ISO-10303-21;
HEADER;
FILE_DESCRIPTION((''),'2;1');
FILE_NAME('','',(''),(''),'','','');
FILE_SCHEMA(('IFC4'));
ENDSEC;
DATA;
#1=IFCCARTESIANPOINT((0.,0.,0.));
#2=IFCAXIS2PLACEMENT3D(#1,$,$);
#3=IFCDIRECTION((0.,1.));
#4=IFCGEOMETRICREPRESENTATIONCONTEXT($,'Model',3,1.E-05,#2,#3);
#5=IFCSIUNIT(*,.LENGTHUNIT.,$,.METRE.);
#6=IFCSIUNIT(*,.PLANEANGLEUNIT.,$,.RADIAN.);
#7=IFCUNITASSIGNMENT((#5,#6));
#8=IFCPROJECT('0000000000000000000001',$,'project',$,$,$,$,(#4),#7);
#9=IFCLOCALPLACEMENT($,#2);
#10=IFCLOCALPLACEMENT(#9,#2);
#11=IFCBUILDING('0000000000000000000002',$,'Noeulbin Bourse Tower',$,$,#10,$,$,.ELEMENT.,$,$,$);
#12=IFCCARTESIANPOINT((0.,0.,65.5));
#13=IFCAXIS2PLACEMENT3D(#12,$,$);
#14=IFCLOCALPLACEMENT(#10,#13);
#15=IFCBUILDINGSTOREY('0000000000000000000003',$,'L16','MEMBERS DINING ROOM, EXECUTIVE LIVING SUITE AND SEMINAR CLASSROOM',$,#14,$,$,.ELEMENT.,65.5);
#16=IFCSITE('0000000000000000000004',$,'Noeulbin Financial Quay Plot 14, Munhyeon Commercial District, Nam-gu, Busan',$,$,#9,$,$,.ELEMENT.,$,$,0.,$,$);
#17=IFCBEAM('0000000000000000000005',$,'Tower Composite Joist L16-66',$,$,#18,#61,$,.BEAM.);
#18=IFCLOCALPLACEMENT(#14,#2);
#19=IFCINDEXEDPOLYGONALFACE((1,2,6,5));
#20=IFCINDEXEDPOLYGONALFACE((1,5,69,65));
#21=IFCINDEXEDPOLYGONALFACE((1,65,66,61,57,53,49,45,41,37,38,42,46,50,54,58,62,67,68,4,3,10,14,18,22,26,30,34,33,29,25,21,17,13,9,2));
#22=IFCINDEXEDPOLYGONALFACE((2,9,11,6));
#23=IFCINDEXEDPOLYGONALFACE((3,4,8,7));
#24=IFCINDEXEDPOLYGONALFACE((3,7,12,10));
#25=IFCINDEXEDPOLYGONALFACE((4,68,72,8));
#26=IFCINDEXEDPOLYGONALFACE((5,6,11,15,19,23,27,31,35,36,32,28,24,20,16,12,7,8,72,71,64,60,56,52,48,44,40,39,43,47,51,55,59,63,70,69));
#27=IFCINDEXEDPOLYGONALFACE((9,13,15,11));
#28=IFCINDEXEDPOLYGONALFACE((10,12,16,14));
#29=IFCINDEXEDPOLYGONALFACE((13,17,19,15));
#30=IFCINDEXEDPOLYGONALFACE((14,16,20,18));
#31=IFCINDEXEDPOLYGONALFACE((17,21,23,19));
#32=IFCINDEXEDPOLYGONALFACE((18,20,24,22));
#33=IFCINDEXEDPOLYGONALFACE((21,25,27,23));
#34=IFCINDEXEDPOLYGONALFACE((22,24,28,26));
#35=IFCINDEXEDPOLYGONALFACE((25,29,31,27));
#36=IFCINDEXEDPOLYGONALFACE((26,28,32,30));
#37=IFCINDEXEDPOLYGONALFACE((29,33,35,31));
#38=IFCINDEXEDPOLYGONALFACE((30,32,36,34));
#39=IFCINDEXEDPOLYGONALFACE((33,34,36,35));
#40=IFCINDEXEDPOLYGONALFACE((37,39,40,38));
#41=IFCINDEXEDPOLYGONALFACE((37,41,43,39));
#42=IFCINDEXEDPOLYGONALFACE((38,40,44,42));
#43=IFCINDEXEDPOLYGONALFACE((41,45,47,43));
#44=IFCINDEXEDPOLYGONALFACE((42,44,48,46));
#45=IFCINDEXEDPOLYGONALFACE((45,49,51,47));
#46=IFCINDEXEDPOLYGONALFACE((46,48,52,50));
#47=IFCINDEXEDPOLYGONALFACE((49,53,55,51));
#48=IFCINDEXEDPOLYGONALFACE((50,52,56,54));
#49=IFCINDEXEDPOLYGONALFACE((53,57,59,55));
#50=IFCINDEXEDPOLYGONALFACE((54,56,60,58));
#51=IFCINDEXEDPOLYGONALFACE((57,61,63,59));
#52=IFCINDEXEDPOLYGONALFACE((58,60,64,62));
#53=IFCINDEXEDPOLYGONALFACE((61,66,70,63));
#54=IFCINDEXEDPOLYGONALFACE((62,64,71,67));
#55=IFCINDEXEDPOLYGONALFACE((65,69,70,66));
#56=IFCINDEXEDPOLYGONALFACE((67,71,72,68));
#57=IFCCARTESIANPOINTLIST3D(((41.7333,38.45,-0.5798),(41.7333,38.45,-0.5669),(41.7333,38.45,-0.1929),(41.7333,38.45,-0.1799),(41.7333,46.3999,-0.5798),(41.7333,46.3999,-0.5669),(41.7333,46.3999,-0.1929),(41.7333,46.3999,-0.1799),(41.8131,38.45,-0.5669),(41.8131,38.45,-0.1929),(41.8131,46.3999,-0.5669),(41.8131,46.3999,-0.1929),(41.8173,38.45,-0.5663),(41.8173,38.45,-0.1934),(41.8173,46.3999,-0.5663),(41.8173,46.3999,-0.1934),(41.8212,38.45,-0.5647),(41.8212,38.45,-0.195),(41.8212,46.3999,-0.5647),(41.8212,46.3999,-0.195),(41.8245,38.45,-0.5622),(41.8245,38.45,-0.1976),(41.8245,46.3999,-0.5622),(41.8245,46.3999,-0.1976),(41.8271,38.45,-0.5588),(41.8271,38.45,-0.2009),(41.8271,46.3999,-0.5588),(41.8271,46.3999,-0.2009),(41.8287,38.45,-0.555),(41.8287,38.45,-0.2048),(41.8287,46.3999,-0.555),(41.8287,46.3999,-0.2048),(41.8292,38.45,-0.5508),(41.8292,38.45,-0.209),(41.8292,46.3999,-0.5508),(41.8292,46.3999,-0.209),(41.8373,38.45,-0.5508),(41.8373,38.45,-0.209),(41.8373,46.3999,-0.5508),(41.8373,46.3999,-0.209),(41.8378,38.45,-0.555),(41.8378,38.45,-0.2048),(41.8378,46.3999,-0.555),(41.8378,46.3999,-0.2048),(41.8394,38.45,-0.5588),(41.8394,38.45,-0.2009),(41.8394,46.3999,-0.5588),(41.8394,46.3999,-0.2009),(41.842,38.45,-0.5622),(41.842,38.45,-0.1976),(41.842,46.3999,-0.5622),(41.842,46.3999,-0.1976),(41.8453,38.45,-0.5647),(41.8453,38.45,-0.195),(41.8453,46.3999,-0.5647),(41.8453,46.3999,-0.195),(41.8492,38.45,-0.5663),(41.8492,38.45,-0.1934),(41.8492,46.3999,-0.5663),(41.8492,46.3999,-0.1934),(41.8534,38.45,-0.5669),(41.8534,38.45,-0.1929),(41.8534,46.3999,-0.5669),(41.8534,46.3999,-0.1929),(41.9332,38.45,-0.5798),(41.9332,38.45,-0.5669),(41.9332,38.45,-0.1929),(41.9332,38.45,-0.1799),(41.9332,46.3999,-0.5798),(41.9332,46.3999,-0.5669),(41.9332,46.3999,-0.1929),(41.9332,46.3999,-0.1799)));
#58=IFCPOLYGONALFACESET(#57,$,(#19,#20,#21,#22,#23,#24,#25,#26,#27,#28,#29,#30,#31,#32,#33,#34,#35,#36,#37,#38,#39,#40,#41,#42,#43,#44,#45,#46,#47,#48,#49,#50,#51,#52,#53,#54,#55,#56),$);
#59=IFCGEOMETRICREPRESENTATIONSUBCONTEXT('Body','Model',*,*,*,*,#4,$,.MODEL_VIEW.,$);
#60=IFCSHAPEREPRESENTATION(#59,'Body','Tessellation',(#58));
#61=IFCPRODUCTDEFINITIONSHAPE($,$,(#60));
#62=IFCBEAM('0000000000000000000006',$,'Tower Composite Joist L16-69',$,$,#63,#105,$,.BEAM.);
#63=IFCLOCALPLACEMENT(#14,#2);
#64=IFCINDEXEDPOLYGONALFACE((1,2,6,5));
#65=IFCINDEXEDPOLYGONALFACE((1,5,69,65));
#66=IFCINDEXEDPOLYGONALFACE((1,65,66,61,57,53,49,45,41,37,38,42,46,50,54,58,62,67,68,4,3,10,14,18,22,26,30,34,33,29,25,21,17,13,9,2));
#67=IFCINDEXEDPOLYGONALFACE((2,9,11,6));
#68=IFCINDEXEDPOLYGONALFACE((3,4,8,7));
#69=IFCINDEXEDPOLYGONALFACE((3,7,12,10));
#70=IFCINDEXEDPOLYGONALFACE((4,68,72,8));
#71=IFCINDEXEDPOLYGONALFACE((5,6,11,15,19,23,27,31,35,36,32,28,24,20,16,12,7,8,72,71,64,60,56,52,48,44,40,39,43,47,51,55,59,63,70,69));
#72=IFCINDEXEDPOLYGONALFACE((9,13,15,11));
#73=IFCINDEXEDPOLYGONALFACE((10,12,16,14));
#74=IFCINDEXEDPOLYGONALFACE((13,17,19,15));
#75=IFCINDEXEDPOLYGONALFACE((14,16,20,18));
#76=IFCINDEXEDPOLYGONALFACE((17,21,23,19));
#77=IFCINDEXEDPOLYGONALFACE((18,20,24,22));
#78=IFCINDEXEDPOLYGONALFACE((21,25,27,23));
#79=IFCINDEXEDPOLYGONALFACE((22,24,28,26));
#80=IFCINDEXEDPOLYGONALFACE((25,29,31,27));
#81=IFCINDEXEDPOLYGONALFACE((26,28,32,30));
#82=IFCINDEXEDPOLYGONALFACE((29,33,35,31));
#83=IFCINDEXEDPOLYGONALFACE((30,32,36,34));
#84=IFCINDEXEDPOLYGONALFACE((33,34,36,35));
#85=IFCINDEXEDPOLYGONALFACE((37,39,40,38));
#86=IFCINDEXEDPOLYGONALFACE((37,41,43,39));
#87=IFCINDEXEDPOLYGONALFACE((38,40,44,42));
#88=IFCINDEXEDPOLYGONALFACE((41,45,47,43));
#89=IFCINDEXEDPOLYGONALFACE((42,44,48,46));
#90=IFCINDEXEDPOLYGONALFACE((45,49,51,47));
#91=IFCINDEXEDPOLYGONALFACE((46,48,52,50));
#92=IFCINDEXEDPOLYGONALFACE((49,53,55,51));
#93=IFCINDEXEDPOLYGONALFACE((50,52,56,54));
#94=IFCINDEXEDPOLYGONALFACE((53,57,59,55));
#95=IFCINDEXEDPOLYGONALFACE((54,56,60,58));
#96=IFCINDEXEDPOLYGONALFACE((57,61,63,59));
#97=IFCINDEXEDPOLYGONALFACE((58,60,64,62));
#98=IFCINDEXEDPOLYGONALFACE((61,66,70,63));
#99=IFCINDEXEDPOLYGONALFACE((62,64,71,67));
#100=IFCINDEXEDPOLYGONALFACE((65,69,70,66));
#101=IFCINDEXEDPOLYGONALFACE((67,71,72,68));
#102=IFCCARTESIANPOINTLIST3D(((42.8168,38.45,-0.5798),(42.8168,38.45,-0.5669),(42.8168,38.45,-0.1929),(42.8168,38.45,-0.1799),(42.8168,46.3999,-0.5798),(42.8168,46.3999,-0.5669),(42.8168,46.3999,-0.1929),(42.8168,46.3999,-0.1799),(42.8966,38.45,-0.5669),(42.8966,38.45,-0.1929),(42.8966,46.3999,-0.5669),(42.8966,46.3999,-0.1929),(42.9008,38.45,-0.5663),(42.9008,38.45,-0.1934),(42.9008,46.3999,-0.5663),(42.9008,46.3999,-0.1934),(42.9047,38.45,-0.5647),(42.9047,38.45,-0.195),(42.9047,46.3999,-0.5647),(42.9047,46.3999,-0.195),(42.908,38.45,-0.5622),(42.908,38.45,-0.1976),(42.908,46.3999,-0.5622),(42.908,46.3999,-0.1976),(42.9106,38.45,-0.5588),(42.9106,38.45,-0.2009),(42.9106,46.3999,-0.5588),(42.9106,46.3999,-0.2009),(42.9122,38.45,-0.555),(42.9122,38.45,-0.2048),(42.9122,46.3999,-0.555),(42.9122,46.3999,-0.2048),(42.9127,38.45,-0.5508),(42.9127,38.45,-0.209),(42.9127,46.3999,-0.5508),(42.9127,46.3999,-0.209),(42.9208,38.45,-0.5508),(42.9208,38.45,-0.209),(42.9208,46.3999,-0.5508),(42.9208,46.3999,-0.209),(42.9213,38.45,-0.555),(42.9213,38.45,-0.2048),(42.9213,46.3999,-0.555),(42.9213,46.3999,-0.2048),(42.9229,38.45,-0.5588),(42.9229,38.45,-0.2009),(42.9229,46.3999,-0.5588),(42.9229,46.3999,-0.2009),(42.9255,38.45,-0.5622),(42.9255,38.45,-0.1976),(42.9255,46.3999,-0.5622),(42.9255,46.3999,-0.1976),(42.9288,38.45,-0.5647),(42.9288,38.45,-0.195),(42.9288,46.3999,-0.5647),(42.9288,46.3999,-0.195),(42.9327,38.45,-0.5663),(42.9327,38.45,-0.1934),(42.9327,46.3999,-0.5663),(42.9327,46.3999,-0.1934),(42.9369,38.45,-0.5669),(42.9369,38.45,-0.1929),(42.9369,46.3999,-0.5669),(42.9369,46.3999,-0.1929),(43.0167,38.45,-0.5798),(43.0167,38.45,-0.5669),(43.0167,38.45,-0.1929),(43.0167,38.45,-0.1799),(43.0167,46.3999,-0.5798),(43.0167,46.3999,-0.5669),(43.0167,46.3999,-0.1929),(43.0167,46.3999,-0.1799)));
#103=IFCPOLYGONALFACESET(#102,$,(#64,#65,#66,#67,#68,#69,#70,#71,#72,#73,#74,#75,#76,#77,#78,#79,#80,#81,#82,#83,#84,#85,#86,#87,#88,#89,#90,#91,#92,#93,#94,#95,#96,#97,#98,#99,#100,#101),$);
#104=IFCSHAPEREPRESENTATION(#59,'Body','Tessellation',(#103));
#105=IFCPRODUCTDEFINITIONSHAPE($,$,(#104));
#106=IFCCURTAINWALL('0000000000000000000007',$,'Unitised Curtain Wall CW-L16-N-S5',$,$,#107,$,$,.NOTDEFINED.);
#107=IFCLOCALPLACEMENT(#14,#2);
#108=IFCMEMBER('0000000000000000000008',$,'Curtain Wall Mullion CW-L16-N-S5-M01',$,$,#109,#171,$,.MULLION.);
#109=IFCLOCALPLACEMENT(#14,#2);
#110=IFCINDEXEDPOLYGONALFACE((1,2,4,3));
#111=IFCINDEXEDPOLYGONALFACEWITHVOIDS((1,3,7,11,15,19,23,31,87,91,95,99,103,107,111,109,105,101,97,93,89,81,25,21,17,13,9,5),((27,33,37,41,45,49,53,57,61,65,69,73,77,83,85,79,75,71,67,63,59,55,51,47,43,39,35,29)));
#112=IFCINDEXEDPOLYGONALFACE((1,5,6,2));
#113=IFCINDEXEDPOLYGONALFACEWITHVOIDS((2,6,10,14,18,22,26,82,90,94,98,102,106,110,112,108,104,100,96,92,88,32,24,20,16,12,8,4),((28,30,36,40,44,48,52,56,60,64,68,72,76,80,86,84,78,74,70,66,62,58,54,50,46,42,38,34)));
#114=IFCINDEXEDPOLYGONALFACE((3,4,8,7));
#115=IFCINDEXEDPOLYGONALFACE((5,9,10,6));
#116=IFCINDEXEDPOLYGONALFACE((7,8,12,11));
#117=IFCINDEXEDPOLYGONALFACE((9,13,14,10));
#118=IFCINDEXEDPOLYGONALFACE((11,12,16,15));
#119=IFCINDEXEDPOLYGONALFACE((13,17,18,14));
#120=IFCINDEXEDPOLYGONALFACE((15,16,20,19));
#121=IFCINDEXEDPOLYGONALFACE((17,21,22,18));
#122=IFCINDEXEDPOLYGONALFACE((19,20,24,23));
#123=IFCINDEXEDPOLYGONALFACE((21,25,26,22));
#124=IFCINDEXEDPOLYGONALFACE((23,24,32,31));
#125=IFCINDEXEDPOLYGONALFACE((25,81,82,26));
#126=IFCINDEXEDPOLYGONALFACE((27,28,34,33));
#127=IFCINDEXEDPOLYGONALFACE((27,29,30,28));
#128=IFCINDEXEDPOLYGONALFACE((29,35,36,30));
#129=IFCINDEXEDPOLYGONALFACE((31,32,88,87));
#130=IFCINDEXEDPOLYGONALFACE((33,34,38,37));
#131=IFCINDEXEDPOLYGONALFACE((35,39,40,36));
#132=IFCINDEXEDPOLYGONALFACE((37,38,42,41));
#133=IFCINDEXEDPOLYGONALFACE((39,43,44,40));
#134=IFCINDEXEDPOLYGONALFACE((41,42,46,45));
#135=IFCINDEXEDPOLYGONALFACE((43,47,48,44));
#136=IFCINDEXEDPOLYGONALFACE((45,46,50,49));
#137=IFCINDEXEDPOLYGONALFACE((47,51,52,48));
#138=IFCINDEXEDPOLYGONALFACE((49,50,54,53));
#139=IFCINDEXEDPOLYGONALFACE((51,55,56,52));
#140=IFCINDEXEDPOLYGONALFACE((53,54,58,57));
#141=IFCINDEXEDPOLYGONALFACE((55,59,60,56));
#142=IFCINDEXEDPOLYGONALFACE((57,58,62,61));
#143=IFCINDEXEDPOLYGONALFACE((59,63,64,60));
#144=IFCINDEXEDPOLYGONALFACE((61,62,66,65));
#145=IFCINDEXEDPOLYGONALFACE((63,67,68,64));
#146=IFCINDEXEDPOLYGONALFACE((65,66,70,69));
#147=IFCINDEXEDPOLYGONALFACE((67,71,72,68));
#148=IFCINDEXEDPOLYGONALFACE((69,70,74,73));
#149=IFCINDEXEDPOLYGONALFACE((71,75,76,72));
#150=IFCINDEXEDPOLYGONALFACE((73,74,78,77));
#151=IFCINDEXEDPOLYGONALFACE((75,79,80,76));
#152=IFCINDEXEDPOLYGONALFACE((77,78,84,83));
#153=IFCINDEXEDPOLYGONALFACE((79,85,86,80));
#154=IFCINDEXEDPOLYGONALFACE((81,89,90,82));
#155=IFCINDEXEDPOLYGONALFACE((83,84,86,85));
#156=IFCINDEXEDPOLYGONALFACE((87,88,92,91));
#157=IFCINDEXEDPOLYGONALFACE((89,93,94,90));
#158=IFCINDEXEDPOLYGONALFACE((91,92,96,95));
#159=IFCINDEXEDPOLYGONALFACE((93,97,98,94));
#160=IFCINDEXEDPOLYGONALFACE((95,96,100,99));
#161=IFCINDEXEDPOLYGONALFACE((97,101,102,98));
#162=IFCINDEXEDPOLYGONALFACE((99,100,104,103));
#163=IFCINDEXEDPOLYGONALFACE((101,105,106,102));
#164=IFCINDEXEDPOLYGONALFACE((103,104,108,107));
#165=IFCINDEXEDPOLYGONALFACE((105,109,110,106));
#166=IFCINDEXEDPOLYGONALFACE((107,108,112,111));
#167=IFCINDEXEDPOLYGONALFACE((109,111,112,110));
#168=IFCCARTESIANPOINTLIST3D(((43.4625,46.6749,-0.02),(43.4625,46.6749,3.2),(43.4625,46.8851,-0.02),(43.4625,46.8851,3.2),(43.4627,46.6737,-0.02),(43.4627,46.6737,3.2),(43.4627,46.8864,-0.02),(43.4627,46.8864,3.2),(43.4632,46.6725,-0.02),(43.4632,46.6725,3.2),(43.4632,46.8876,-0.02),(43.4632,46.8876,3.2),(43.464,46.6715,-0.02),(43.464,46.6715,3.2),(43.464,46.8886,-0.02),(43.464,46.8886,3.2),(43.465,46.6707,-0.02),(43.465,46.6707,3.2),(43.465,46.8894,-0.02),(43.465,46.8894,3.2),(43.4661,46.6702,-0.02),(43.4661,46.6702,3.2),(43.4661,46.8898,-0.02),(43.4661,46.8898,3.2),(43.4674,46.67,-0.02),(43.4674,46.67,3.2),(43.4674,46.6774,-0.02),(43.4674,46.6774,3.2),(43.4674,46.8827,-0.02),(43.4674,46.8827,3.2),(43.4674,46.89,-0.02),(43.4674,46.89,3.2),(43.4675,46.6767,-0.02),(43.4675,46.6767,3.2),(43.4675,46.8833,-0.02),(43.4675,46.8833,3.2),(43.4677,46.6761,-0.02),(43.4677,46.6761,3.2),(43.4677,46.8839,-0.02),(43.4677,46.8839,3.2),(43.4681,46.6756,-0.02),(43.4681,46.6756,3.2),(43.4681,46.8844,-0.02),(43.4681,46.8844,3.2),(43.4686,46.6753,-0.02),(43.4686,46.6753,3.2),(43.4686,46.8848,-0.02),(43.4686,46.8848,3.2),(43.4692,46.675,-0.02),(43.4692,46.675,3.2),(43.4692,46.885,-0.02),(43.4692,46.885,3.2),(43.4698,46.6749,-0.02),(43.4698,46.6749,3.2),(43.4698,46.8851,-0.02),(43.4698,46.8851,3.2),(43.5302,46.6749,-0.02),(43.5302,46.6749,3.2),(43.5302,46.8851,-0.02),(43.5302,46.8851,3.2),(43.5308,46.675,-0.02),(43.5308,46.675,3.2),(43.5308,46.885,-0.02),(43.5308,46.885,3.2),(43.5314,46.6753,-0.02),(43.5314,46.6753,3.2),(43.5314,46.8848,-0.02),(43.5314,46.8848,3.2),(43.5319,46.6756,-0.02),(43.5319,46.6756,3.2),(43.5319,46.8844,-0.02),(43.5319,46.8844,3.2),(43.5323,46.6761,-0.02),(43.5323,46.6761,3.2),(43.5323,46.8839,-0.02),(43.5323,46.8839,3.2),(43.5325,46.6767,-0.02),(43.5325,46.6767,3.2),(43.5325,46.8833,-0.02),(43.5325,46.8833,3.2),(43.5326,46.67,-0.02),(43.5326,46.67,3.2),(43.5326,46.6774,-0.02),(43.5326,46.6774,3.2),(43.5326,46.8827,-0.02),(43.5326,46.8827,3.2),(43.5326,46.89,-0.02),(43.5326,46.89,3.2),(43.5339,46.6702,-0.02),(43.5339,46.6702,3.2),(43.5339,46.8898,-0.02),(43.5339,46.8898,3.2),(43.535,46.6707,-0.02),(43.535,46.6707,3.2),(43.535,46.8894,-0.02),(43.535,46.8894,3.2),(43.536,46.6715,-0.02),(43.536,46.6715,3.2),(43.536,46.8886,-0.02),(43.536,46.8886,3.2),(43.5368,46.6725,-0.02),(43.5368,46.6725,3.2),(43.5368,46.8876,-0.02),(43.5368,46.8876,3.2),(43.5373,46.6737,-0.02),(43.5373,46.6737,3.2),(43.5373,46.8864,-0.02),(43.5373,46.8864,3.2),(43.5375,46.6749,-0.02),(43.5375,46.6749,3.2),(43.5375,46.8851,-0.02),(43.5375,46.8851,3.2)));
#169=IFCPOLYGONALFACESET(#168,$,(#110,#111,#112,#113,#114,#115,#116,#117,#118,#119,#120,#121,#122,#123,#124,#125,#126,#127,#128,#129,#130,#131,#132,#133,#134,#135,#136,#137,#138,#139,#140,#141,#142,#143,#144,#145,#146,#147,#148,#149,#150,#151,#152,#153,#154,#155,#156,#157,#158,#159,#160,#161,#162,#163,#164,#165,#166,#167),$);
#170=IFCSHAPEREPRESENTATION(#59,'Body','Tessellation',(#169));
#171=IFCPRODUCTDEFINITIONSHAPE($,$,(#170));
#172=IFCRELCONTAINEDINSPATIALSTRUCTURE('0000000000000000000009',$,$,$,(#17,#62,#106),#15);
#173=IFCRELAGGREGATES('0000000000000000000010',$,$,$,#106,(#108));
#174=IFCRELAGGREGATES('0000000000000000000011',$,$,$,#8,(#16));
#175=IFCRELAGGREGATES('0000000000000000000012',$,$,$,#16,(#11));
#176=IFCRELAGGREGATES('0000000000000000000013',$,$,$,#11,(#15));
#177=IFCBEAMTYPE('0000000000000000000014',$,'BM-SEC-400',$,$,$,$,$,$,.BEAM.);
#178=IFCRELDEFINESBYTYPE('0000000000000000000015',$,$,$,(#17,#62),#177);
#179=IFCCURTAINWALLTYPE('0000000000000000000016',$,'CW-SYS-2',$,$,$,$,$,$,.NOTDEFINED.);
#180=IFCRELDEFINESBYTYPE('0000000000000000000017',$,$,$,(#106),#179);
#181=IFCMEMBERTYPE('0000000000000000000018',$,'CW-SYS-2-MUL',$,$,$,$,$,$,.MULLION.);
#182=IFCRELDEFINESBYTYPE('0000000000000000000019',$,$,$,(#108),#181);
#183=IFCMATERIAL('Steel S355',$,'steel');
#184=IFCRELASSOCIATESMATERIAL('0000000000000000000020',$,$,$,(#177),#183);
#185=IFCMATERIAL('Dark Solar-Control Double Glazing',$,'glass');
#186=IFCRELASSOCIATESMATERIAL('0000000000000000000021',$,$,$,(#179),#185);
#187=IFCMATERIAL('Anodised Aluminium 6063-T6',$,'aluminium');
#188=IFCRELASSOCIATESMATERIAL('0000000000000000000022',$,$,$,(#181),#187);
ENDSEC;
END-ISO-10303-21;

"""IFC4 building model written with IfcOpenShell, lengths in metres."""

from ifc_helpers import new_model, si_unit, direction, frame, origin, origin_2d, place, context, subcontext, project, spatial, hollow_rectangle, i_section, extrude, material, material_profile, profile_set, type_object, element, aggregate, save


model = new_model("IFC4")

# Units and contexts
model_context = context("Model", 3, precision=1e-05, world=origin(), true_north=direction((0.0, 1.0)))
body_context = subcontext(model_context, "Body", "Model", "MODEL_VIEW")
ifc_project = project(units=[si_unit("LENGTHUNIT", "METRE"), si_unit("PLANEANGLEUNIT", "RADIAN")], contexts=[model_context])

# Site, building, storey
site_placement = place(None, origin())
site = spatial("IfcSite", under=ifc_project, at=site_placement, Name="Noeulbin Financial Quay Plot 14, Munhyeon Commercial District, Nam-gu, Busan", CompositionType="ELEMENT", RefElevation=0.0)
building_placement = place(site_placement, origin())
building = spatial("IfcBuilding", under=site, at=building_placement, Name="Noeulbin Bourse Tower", CompositionType="ELEMENT")
storey_placement = place(building_placement, frame((0.0, 0.0, 65.5)))
storey = spatial("IfcBuildingStorey", under=building, at=storey_placement, Name="L16", Description="MEMBERS DINING ROOM, EXECUTIVE LIVING SUITE AND SEMINAR CLASSROOM", CompositionType="ELEMENT", Elevation=65.5)

# Beams
ifc_material_1 = material(Name="Steel S355", Category="steel")
ifc_material_profile_1 = material_profile(ifc_material_1, i_section(OverallWidth=0.2, OverallDepth=0.3999, WebThickness=0.0081, FlangeThickness=0.0129, FilletRadius=0.0161, at=origin_2d()), Name="H-400x200x8x13", Category="LoadBearing")
ifc_profile_set_1 = profile_set([ifc_material_profile_1], Name="Steel S355")
beam_type_1 = type_object("IfcBeamType", Name="BM-SEC-400", PredefinedType="BEAM", material=ifc_profile_set_1)
for number, where, z_axis, x_axis, name in (
    (1, (41.8333, 38.45, -0.3799), (0.0, 1.0, 0.0), (-1.0, 0.0, 0.0), "Tower Composite Joist L16-66"),
    (2, (42.9167, 38.45, -0.3799), (0.0, 1.0, 0.0), (-1.0, 0.0, 0.0), "Tower Composite Joist L16-69"),
):
    element("IfcBeam", number, at=place(storey_placement, frame(where, z_axis=z_axis, x_axis=x_axis)), inside=storey, type_object=beam_type_1, Name=name, PredefinedType="BEAM", context=body_context, shape_type="SweptSolid", body=[
        extrude(i_section(OverallWidth=0.2, OverallDepth=0.3999, WebThickness=0.0081, FlangeThickness=0.0129, FilletRadius=0.0161, at=origin_2d()), origin(), (0.0, 0.0, 1.0), 7.95),
    ])

# Curtain wall, member
ifc_material_2 = material(Name="Dark Solar-Control Double Glazing", Category="glass")
curtain_wall_type = type_object("IfcCurtainWallType", Name="CW-SYS-2", PredefinedType="NOTDEFINED", material=ifc_material_2)
curtain_wall_1_placement = place(storey_placement, origin())
curtain_wall_1 = element("IfcCurtainWall", 3, at=curtain_wall_1_placement, inside=storey, type_object=curtain_wall_type, Name="Unitised Curtain Wall CW-L16-N-S5", PredefinedType="NOTDEFINED")
ifc_material_3 = material(Name="Anodised Aluminium 6063-T6", Category="aluminium")
ifc_material_profile_2 = material_profile(ifc_material_3, hollow_rectangle(XDim=0.075, YDim=0.22, WallThickness=0.0049, InnerFilletRadius=0.0024, OuterFilletRadius=0.0049, at=origin_2d()), Name="ALU-MULL-75x220x5", Category="LoadBearing")
ifc_profile_set_2 = profile_set([ifc_material_profile_2], Name="Anodised Aluminium 6063-T6")
member_type_1 = type_object("IfcMemberType", Name="CW-SYS-2-MUL", PredefinedType="MULLION", material=ifc_profile_set_2)
member_1_placement = place(storey_placement, frame((43.5, 46.78, -0.02), z_axis=(0.0, 0.0, 1.0), x_axis=(1.0, 0.0, 0.0)))
member_1 = element("IfcMember", 4, at=member_1_placement, type_object=member_type_1, Name="Curtain Wall Mullion CW-L16-N-S5-M01", PredefinedType="MULLION", context=body_context, shape_type="SweptSolid", body=[
    extrude(hollow_rectangle(XDim=0.075, YDim=0.22, WallThickness=0.0049, InnerFilletRadius=0.0024, OuterFilletRadius=0.0049, at=origin_2d()), origin(), (0.0, 0.0, 1.0), 3.22),
])
aggregate(curtain_wall_1, [member_1])

save(model, "model.ifc")
